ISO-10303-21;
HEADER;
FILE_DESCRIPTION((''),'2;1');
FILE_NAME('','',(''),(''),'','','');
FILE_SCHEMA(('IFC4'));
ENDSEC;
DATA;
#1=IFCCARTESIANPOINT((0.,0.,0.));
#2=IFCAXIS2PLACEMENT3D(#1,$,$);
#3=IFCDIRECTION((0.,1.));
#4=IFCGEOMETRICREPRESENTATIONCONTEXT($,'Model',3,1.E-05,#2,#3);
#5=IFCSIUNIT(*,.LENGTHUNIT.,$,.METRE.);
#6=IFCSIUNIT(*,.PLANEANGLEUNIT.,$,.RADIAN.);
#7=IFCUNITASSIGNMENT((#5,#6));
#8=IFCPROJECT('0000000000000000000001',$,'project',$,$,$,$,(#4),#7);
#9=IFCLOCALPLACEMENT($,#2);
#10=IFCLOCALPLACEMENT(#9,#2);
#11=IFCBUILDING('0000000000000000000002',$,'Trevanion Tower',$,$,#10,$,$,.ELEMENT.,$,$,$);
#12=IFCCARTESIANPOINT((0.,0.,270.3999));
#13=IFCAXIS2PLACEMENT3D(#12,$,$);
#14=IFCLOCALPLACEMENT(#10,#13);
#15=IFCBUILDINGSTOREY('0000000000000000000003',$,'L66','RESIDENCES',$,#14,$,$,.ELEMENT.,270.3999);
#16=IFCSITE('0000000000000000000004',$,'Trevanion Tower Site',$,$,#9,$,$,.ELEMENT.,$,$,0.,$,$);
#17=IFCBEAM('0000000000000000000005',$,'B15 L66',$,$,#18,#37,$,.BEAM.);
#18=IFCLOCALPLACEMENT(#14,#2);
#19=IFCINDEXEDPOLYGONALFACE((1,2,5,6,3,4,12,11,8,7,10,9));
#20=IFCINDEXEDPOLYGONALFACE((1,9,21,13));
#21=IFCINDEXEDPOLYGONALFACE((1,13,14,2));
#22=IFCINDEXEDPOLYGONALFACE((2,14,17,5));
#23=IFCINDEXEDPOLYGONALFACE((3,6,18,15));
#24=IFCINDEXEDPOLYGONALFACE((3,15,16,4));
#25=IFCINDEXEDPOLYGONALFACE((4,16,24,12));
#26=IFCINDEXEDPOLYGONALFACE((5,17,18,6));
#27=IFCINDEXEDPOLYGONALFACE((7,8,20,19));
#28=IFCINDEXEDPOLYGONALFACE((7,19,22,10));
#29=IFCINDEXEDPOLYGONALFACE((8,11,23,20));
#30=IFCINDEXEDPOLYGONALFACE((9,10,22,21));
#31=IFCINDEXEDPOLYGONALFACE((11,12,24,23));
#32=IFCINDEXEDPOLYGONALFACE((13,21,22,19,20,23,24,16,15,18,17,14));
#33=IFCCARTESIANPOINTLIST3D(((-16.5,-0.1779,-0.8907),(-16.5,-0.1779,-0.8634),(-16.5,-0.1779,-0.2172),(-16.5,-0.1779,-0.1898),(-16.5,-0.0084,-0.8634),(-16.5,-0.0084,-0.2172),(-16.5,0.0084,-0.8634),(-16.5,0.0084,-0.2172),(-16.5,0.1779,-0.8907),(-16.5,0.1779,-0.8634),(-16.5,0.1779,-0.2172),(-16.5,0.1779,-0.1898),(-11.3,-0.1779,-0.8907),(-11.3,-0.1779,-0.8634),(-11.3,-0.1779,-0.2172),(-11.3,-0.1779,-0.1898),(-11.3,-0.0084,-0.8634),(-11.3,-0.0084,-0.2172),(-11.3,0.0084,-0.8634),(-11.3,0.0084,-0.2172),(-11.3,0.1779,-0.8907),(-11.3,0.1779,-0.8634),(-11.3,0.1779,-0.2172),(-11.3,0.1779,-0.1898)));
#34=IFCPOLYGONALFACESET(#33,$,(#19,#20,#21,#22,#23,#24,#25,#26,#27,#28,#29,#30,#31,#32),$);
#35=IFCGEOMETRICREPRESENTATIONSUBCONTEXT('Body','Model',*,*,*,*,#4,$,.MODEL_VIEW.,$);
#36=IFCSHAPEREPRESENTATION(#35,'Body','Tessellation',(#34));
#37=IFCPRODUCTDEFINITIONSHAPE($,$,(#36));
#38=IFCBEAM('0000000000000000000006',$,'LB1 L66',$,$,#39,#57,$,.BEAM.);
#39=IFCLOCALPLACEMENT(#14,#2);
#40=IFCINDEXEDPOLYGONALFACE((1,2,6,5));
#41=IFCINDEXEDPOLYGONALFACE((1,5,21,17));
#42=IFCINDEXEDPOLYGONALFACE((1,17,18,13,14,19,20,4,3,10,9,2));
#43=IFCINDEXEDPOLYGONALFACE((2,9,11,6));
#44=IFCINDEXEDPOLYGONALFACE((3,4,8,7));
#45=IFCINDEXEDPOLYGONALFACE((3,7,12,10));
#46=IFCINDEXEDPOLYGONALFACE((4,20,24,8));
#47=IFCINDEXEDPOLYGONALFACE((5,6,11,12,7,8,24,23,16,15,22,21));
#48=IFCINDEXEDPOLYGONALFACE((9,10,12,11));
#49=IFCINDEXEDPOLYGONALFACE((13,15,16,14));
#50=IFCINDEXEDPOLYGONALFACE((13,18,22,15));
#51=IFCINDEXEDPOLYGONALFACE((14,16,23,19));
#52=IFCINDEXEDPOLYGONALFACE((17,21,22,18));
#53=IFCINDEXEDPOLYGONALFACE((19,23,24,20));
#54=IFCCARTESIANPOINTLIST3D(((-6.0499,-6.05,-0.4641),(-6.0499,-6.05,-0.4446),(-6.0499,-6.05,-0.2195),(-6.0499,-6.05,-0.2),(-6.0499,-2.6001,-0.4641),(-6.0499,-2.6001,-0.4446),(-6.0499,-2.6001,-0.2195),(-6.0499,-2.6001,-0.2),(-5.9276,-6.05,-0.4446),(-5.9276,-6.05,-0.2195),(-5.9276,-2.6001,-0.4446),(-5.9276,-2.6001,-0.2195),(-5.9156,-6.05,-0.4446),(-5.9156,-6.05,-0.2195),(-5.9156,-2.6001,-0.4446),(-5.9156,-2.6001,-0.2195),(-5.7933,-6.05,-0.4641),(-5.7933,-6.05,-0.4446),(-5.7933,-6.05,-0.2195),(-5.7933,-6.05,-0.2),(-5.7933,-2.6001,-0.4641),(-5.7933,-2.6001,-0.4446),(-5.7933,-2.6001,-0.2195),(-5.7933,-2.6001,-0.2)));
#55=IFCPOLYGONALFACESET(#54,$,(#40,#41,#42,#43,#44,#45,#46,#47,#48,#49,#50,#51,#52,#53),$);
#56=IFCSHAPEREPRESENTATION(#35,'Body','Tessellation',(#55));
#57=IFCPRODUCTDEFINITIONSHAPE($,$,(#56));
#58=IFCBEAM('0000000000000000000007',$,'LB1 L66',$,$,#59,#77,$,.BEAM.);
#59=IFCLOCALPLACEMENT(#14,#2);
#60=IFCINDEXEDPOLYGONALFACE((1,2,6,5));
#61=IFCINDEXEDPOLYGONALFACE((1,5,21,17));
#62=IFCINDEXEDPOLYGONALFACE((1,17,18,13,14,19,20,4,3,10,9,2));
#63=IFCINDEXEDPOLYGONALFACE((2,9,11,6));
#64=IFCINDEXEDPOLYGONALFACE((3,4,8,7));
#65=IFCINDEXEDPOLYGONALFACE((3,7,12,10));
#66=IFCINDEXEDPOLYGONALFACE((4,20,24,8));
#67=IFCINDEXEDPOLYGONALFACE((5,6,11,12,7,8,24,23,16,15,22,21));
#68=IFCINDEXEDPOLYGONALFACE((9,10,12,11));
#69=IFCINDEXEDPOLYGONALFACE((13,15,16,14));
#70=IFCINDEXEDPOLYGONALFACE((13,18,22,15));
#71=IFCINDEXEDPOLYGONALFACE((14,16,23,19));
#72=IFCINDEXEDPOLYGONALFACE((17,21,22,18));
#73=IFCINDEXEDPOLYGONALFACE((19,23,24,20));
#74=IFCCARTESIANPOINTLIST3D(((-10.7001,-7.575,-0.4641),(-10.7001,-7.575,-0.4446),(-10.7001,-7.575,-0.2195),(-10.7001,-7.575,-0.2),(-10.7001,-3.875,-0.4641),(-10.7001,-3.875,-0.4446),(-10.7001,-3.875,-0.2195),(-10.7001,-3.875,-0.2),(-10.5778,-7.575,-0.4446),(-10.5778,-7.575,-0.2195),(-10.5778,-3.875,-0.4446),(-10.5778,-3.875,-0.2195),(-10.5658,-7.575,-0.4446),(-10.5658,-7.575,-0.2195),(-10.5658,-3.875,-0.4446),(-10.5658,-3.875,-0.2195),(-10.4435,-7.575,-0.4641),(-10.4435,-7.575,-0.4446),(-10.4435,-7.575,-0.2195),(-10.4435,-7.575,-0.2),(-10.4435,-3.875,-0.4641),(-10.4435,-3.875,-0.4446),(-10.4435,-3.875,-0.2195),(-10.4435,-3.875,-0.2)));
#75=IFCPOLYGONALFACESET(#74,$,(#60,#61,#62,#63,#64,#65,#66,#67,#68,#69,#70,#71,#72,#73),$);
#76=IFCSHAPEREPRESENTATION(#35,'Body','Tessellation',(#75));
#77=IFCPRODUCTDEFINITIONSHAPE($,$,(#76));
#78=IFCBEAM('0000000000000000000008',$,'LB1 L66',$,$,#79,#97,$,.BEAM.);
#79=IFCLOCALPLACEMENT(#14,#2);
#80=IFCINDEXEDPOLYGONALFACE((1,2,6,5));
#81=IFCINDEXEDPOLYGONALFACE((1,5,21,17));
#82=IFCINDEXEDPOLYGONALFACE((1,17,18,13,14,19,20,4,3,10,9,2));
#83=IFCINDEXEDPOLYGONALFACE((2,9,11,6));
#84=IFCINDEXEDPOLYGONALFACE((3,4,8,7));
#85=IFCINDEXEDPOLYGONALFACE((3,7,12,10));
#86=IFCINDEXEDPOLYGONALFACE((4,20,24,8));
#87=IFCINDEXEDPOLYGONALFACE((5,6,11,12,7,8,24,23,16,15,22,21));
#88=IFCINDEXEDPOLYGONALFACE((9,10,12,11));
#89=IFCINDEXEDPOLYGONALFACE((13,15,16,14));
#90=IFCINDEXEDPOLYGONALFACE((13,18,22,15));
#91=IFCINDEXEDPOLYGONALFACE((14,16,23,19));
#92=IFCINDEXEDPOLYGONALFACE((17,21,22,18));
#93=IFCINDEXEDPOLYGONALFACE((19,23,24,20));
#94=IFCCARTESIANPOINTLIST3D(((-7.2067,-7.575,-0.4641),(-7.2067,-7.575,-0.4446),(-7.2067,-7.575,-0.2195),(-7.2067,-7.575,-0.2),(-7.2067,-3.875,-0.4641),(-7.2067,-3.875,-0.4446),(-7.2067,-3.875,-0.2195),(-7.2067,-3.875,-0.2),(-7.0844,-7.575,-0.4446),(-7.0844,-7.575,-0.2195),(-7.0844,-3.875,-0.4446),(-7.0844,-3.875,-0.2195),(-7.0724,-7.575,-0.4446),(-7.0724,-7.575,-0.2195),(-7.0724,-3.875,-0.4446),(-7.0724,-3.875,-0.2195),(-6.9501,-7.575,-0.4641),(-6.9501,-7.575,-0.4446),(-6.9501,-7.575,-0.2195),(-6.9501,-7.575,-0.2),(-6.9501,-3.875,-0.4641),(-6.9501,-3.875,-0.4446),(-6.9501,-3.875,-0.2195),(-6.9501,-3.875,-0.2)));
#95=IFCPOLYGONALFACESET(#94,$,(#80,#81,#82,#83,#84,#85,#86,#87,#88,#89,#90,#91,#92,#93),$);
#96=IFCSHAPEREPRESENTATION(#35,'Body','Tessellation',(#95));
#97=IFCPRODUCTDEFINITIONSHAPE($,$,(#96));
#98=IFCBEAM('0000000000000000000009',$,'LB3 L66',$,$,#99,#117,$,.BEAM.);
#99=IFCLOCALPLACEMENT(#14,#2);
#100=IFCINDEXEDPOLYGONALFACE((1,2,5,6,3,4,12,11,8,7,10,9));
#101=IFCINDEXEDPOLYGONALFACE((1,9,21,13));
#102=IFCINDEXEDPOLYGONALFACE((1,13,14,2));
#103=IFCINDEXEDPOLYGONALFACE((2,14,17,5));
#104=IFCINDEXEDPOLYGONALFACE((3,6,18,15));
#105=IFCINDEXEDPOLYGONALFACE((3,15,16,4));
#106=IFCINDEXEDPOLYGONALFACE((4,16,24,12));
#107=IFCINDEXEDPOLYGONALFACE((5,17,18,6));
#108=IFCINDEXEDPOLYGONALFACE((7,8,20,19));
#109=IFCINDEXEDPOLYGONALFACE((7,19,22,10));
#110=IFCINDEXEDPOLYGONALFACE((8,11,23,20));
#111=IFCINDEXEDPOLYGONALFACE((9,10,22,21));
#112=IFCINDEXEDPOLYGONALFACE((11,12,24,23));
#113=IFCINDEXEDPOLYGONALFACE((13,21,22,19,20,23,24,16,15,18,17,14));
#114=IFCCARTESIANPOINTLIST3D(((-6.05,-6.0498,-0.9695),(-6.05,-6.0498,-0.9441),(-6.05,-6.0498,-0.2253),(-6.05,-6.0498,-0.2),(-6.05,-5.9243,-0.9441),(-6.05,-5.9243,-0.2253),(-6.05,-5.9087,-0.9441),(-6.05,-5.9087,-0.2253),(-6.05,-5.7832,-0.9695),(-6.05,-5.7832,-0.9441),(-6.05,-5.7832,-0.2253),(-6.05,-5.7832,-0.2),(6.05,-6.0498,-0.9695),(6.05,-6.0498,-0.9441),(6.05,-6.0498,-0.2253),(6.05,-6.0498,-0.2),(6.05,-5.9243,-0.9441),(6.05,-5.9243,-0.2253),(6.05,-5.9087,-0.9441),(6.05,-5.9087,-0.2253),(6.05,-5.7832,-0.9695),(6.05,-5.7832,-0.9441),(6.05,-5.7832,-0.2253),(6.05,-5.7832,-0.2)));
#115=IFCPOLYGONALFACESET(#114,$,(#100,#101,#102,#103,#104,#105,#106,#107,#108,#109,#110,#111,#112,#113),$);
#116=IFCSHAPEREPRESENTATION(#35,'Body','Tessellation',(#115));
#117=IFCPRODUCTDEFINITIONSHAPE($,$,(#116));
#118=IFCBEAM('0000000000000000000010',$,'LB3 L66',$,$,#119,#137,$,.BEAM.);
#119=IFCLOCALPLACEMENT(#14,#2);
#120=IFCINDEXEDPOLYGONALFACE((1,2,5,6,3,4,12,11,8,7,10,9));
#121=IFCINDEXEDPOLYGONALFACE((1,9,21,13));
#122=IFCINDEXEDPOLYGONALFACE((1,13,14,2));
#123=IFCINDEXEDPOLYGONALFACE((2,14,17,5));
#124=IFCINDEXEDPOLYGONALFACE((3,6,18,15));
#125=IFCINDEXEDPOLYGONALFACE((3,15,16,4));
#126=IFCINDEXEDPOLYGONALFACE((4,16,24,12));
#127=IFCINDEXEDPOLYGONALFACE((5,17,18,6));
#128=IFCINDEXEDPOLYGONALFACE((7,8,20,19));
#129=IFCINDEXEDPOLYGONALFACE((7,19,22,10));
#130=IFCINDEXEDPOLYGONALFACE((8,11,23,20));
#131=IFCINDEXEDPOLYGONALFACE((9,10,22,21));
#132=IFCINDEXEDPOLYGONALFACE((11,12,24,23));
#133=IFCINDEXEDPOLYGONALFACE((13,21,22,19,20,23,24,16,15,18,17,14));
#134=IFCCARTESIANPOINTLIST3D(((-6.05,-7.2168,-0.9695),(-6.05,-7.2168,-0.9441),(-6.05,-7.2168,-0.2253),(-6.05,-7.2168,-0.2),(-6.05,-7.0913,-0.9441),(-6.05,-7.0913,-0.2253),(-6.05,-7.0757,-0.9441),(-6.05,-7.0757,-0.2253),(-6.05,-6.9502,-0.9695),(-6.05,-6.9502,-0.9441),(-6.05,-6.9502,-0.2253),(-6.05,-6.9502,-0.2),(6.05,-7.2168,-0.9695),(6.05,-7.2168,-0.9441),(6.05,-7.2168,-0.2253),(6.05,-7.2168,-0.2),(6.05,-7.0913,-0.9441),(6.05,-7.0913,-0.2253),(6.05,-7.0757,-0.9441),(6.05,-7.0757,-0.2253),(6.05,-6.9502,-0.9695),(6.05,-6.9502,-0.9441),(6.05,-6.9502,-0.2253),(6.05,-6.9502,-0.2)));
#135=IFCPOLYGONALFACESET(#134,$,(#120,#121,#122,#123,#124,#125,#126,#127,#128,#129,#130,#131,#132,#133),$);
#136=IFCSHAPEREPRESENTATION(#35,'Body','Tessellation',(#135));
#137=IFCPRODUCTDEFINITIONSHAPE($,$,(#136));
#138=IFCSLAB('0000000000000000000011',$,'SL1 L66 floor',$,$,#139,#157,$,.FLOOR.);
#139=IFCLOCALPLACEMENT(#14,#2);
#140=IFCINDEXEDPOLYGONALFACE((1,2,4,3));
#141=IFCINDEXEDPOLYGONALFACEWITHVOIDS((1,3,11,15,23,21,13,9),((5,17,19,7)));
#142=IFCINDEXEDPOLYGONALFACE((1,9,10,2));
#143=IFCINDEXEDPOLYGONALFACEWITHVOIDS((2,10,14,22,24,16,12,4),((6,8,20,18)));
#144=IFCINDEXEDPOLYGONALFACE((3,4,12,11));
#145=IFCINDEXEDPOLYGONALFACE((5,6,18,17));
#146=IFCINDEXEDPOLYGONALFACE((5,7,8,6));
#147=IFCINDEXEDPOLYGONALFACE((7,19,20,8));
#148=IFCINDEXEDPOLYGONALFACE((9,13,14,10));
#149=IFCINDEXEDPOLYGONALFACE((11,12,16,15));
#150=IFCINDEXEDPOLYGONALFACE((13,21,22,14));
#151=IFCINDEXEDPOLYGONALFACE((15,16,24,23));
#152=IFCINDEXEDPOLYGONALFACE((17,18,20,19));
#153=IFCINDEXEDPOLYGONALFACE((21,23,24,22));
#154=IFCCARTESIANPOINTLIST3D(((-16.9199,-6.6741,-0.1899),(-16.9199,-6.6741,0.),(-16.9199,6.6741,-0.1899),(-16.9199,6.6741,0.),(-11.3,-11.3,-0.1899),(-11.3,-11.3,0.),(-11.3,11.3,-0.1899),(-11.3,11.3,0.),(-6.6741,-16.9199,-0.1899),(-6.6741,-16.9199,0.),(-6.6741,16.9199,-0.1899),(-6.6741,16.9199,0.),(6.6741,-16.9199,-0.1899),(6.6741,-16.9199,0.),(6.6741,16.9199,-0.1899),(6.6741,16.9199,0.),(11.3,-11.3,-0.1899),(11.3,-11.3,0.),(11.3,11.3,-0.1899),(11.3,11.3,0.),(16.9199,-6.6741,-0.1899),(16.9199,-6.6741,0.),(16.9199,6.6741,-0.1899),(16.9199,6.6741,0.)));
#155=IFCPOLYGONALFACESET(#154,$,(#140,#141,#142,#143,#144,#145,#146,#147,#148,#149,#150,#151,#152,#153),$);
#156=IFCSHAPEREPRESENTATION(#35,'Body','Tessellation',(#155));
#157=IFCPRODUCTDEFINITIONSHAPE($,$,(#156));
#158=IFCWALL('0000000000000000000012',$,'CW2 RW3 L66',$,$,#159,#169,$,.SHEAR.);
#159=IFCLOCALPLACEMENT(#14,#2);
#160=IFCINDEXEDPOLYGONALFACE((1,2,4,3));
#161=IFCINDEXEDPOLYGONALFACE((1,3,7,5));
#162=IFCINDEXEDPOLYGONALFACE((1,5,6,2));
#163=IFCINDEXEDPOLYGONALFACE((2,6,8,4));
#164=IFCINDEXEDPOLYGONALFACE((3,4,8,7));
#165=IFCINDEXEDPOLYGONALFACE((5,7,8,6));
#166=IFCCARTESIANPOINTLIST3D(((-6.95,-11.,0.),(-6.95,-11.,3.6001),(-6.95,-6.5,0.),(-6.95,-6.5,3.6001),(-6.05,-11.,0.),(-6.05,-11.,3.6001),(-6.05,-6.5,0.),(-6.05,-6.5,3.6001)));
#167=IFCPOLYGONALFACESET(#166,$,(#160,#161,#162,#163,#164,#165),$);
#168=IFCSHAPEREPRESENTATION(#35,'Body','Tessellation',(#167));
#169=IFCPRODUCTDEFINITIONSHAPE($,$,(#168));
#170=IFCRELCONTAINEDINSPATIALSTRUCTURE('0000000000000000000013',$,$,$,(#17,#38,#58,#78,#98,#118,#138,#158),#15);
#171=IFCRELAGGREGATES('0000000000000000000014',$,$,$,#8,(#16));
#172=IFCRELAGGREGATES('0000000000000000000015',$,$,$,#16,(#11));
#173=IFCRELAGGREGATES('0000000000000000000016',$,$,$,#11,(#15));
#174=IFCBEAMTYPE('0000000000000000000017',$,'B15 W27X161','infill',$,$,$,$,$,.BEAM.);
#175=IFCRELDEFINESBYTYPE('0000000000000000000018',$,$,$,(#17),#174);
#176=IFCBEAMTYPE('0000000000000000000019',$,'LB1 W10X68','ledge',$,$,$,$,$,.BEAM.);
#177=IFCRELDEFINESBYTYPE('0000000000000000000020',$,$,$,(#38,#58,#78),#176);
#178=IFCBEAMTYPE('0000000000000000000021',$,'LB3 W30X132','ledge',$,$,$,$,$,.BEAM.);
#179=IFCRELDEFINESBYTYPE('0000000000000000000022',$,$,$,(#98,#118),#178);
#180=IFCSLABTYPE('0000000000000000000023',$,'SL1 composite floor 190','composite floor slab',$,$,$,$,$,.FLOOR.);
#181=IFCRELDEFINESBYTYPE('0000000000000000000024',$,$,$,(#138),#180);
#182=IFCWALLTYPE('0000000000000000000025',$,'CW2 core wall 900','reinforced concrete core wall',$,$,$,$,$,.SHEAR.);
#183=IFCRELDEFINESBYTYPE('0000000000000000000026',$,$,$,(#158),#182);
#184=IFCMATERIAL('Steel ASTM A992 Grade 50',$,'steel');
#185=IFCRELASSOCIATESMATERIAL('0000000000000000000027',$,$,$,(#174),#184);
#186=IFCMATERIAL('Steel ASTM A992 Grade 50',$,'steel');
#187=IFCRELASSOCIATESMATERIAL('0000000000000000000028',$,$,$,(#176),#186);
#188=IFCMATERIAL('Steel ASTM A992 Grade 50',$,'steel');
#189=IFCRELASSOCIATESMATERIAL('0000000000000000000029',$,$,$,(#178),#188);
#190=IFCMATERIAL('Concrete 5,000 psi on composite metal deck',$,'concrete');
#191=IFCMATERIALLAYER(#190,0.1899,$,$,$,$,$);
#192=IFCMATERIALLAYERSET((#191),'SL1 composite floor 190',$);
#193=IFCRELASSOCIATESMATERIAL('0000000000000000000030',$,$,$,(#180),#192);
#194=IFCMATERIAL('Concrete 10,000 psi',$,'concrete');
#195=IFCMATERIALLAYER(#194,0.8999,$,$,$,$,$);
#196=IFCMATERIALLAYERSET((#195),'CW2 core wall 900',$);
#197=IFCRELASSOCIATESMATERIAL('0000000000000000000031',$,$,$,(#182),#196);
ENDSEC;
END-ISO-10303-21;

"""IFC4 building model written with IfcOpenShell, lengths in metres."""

from ifc_helpers import new_model, si_unit, direction, frame, frame_2d, origin, origin_2d, place, context, subcontext, project, spatial, polyline, rectangle, i_section, outline, extrude, material, layer, layer_set, material_profile, profile_set, type_object, element, save


model = new_model("IFC4")

# Units and contexts
model_context = context("Model", 3, precision=1e-05, world=origin(), true_north=direction((0.0, 1.0)))
body_context = subcontext(model_context, "Body", "Model", "MODEL_VIEW")
ifc_project = project(units=[si_unit("LENGTHUNIT", "METRE"), si_unit("PLANEANGLEUNIT", "RADIAN")], contexts=[model_context])

# Site, building, storey
site_placement = place(None, origin())
site = spatial("IfcSite", under=ifc_project, at=site_placement, Name="Trevanion Tower Site", CompositionType="ELEMENT", RefElevation=0.0)
building_placement = place(site_placement, origin())
building = spatial("IfcBuilding", under=site, at=building_placement, Name="Trevanion Tower", CompositionType="ELEMENT")
storey_placement = place(building_placement, frame((0.0, 0.0, 270.3999)))
storey = spatial("IfcBuildingStorey", under=building, at=storey_placement, Name="L66", Description="RESIDENCES", CompositionType="ELEMENT", Elevation=270.3999)

# Beams
ifc_material_1 = material(Name="Steel ASTM A992 Grade 50", Category="steel")
ifc_material_profile_1 = material_profile(ifc_material_1, i_section(OverallWidth=0.3557, OverallDepth=0.7009, WebThickness=0.0168, FlangeThickness=0.0273, at=origin_2d()), Name="W27X161")
ifc_profile_set_1 = profile_set([ifc_material_profile_1], Name="Steel ASTM A992 Grade 50")
beam_type_1 = type_object("IfcBeamType", Name="B15 W27X161", Description="infill", PredefinedType="BEAM", material=ifc_profile_set_1)
beam_1_placement = place(storey_placement, frame((-11.3, 0.0, -0.5403), z_axis=(-1.0, 0.0, 0.0), x_axis=(0.0, -1.0, 0.0)))
element("IfcBeam", 1, at=beam_1_placement, inside=storey, type_object=beam_type_1, Name="B15 L66", PredefinedType="BEAM", context=body_context, shape_type="SweptSolid", body=[
    extrude(i_section(OverallWidth=0.3557, OverallDepth=0.7009, WebThickness=0.0168, FlangeThickness=0.0273, at=origin_2d()), origin(), (0.0, 0.0, 1.0), 5.2),
])
ifc_material_2 = material(Name="Steel ASTM A992 Grade 50", Category="steel")
ifc_material_profile_2 = material_profile(ifc_material_2, i_section(OverallWidth=0.2566, OverallDepth=0.2642, WebThickness=0.012, FlangeThickness=0.0195, at=origin_2d()), Name="W10X68")
ifc_profile_set_2 = profile_set([ifc_material_profile_2], Name="Steel ASTM A992 Grade 50")
beam_type_2 = type_object("IfcBeamType", Name="LB1 W10X68", Description="ledge", PredefinedType="BEAM", material=ifc_profile_set_2)
beam_2_placement = place(storey_placement, frame((-5.9216, -6.05, -0.332), z_axis=(0.0, 1.0, 0.0), x_axis=(-1.0, 0.0, 0.0)))
element("IfcBeam", 2, at=beam_2_placement, inside=storey, type_object=beam_type_2, Name="LB1 L66", PredefinedType="BEAM", context=body_context, shape_type="SweptSolid", body=[
    extrude(i_section(OverallWidth=0.2566, OverallDepth=0.2642, WebThickness=0.012, FlangeThickness=0.0195, at=origin_2d()), origin(), (0.0, 0.0, 1.0), 3.45),
])
for number, where, z_axis, x_axis, name in (
    (3, (-10.5718, -7.575, -0.332), (0.0, 1.0, 0.0), (-1.0, 0.0, 0.0), "LB1 L66"),
    (4, (-7.0784, -7.575, -0.332), (0.0, 1.0, 0.0), (-1.0, 0.0, 0.0), "LB1 L66"),
):
    element("IfcBeam", number, at=place(storey_placement, frame(where, z_axis=z_axis, x_axis=x_axis)), inside=storey, type_object=beam_type_2, Name=name, PredefinedType="BEAM", context=body_context, shape_type="SweptSolid", body=[
        extrude(i_section(OverallWidth=0.2566, OverallDepth=0.2642, WebThickness=0.012, FlangeThickness=0.0195, at=origin_2d()), origin(), (0.0, 0.0, 1.0), 3.7),
    ])
ifc_material_3 = material(Name="Steel ASTM A992 Grade 50", Category="steel")
ifc_material_profile_3 = material_profile(ifc_material_3, i_section(OverallWidth=0.2666, OverallDepth=0.7695, WebThickness=0.0156, FlangeThickness=0.0254, at=origin_2d()), Name="W30X132")
ifc_profile_set_3 = profile_set([ifc_material_profile_3], Name="Steel ASTM A992 Grade 50")
beam_type_3 = type_object("IfcBeamType", Name="LB3 W30X132", Description="ledge", PredefinedType="BEAM", material=ifc_profile_set_3)
for number, where, z_axis, x_axis, name in (
    (5, (-6.05, -5.9165, -0.5847), (1.0, 0.0, 0.0), (0.0, 1.0, 0.0), "LB3 L66"),
    (6, (-6.05, -7.0835, -0.5847), (1.0, 0.0, 0.0), (0.0, 1.0, 0.0), "LB3 L66"),
):
    element("IfcBeam", number, at=place(storey_placement, frame(where, z_axis=z_axis, x_axis=x_axis)), inside=storey, type_object=beam_type_3, Name=name, PredefinedType="BEAM", context=body_context, shape_type="SweptSolid", body=[
        extrude(i_section(OverallWidth=0.2666, OverallDepth=0.7695, WebThickness=0.0156, FlangeThickness=0.0254, at=origin_2d()), origin(), (0.0, 0.0, 1.0), 12.1001),
    ])

# Slab
ifc_material_4 = material(Name="Concrete 5,000 psi on composite metal deck", Category="concrete")
ifc_layer_1 = layer(ifc_material_4, 0.1899)
ifc_layer_set_1 = layer_set([ifc_layer_1], Name="SL1 composite floor 190")
slab_type = type_object("IfcSlabType", Name="SL1 composite floor 190", Description="composite floor slab", PredefinedType="FLOOR", material=ifc_layer_set_1)
slab_placement = place(storey_placement, frame((0.0, 0.0, -0.1899)))
element("IfcSlab", 7, at=slab_placement, inside=storey, type_object=slab_type, Name="SL1 L66 floor", PredefinedType="FLOOR", context=body_context, shape_type="SweptSolid", body=[
    extrude(outline(polyline([(16.9199, -6.6741), (16.9199, 6.6741), (6.6741, 16.9199), (-6.6741, 16.9199), (-16.9199, 6.6741), (-16.9199, -6.6741), (-6.6741, -16.9199), (6.6741, -16.9199), (16.9199, -6.6741)]), holes=[polyline([(11.3, -11.3), (11.3, 11.3), (-11.3, 11.3), (-11.3, -11.3), (11.3, -11.3)])]), origin(), (0.0, 0.0, 1.0), 0.1899),
])

# Wall
ifc_material_5 = material(Name="Concrete 10,000 psi", Category="concrete")
ifc_layer_2 = layer(ifc_material_5, 0.8999)
ifc_layer_set_2 = layer_set([ifc_layer_2], Name="CW2 core wall 900")
wall_type_1 = type_object("IfcWallType", Name="CW2 core wall 900", Description="reinforced concrete core wall", PredefinedType="SHEAR", material=ifc_layer_set_2)
wall_1_placement = place(storey_placement, frame((-6.5, -6.5, 0.0), z_axis=(0.0, 0.0, 1.0), x_axis=(0.0, -1.0, 0.0)))
element("IfcWall", 8, at=wall_1_placement, inside=storey, type_object=wall_type_1, Name="CW2 RW3 L66", PredefinedType="SHEAR", context=body_context, shape_type="SweptSolid", body=[
    extrude(rectangle(XDim=4.5, YDim=0.8999, at=frame_2d((2.25, 0.0))), origin(), (0.0, 0.0, 1.0), 3.6001),
])

save(model, "model.ifc")
